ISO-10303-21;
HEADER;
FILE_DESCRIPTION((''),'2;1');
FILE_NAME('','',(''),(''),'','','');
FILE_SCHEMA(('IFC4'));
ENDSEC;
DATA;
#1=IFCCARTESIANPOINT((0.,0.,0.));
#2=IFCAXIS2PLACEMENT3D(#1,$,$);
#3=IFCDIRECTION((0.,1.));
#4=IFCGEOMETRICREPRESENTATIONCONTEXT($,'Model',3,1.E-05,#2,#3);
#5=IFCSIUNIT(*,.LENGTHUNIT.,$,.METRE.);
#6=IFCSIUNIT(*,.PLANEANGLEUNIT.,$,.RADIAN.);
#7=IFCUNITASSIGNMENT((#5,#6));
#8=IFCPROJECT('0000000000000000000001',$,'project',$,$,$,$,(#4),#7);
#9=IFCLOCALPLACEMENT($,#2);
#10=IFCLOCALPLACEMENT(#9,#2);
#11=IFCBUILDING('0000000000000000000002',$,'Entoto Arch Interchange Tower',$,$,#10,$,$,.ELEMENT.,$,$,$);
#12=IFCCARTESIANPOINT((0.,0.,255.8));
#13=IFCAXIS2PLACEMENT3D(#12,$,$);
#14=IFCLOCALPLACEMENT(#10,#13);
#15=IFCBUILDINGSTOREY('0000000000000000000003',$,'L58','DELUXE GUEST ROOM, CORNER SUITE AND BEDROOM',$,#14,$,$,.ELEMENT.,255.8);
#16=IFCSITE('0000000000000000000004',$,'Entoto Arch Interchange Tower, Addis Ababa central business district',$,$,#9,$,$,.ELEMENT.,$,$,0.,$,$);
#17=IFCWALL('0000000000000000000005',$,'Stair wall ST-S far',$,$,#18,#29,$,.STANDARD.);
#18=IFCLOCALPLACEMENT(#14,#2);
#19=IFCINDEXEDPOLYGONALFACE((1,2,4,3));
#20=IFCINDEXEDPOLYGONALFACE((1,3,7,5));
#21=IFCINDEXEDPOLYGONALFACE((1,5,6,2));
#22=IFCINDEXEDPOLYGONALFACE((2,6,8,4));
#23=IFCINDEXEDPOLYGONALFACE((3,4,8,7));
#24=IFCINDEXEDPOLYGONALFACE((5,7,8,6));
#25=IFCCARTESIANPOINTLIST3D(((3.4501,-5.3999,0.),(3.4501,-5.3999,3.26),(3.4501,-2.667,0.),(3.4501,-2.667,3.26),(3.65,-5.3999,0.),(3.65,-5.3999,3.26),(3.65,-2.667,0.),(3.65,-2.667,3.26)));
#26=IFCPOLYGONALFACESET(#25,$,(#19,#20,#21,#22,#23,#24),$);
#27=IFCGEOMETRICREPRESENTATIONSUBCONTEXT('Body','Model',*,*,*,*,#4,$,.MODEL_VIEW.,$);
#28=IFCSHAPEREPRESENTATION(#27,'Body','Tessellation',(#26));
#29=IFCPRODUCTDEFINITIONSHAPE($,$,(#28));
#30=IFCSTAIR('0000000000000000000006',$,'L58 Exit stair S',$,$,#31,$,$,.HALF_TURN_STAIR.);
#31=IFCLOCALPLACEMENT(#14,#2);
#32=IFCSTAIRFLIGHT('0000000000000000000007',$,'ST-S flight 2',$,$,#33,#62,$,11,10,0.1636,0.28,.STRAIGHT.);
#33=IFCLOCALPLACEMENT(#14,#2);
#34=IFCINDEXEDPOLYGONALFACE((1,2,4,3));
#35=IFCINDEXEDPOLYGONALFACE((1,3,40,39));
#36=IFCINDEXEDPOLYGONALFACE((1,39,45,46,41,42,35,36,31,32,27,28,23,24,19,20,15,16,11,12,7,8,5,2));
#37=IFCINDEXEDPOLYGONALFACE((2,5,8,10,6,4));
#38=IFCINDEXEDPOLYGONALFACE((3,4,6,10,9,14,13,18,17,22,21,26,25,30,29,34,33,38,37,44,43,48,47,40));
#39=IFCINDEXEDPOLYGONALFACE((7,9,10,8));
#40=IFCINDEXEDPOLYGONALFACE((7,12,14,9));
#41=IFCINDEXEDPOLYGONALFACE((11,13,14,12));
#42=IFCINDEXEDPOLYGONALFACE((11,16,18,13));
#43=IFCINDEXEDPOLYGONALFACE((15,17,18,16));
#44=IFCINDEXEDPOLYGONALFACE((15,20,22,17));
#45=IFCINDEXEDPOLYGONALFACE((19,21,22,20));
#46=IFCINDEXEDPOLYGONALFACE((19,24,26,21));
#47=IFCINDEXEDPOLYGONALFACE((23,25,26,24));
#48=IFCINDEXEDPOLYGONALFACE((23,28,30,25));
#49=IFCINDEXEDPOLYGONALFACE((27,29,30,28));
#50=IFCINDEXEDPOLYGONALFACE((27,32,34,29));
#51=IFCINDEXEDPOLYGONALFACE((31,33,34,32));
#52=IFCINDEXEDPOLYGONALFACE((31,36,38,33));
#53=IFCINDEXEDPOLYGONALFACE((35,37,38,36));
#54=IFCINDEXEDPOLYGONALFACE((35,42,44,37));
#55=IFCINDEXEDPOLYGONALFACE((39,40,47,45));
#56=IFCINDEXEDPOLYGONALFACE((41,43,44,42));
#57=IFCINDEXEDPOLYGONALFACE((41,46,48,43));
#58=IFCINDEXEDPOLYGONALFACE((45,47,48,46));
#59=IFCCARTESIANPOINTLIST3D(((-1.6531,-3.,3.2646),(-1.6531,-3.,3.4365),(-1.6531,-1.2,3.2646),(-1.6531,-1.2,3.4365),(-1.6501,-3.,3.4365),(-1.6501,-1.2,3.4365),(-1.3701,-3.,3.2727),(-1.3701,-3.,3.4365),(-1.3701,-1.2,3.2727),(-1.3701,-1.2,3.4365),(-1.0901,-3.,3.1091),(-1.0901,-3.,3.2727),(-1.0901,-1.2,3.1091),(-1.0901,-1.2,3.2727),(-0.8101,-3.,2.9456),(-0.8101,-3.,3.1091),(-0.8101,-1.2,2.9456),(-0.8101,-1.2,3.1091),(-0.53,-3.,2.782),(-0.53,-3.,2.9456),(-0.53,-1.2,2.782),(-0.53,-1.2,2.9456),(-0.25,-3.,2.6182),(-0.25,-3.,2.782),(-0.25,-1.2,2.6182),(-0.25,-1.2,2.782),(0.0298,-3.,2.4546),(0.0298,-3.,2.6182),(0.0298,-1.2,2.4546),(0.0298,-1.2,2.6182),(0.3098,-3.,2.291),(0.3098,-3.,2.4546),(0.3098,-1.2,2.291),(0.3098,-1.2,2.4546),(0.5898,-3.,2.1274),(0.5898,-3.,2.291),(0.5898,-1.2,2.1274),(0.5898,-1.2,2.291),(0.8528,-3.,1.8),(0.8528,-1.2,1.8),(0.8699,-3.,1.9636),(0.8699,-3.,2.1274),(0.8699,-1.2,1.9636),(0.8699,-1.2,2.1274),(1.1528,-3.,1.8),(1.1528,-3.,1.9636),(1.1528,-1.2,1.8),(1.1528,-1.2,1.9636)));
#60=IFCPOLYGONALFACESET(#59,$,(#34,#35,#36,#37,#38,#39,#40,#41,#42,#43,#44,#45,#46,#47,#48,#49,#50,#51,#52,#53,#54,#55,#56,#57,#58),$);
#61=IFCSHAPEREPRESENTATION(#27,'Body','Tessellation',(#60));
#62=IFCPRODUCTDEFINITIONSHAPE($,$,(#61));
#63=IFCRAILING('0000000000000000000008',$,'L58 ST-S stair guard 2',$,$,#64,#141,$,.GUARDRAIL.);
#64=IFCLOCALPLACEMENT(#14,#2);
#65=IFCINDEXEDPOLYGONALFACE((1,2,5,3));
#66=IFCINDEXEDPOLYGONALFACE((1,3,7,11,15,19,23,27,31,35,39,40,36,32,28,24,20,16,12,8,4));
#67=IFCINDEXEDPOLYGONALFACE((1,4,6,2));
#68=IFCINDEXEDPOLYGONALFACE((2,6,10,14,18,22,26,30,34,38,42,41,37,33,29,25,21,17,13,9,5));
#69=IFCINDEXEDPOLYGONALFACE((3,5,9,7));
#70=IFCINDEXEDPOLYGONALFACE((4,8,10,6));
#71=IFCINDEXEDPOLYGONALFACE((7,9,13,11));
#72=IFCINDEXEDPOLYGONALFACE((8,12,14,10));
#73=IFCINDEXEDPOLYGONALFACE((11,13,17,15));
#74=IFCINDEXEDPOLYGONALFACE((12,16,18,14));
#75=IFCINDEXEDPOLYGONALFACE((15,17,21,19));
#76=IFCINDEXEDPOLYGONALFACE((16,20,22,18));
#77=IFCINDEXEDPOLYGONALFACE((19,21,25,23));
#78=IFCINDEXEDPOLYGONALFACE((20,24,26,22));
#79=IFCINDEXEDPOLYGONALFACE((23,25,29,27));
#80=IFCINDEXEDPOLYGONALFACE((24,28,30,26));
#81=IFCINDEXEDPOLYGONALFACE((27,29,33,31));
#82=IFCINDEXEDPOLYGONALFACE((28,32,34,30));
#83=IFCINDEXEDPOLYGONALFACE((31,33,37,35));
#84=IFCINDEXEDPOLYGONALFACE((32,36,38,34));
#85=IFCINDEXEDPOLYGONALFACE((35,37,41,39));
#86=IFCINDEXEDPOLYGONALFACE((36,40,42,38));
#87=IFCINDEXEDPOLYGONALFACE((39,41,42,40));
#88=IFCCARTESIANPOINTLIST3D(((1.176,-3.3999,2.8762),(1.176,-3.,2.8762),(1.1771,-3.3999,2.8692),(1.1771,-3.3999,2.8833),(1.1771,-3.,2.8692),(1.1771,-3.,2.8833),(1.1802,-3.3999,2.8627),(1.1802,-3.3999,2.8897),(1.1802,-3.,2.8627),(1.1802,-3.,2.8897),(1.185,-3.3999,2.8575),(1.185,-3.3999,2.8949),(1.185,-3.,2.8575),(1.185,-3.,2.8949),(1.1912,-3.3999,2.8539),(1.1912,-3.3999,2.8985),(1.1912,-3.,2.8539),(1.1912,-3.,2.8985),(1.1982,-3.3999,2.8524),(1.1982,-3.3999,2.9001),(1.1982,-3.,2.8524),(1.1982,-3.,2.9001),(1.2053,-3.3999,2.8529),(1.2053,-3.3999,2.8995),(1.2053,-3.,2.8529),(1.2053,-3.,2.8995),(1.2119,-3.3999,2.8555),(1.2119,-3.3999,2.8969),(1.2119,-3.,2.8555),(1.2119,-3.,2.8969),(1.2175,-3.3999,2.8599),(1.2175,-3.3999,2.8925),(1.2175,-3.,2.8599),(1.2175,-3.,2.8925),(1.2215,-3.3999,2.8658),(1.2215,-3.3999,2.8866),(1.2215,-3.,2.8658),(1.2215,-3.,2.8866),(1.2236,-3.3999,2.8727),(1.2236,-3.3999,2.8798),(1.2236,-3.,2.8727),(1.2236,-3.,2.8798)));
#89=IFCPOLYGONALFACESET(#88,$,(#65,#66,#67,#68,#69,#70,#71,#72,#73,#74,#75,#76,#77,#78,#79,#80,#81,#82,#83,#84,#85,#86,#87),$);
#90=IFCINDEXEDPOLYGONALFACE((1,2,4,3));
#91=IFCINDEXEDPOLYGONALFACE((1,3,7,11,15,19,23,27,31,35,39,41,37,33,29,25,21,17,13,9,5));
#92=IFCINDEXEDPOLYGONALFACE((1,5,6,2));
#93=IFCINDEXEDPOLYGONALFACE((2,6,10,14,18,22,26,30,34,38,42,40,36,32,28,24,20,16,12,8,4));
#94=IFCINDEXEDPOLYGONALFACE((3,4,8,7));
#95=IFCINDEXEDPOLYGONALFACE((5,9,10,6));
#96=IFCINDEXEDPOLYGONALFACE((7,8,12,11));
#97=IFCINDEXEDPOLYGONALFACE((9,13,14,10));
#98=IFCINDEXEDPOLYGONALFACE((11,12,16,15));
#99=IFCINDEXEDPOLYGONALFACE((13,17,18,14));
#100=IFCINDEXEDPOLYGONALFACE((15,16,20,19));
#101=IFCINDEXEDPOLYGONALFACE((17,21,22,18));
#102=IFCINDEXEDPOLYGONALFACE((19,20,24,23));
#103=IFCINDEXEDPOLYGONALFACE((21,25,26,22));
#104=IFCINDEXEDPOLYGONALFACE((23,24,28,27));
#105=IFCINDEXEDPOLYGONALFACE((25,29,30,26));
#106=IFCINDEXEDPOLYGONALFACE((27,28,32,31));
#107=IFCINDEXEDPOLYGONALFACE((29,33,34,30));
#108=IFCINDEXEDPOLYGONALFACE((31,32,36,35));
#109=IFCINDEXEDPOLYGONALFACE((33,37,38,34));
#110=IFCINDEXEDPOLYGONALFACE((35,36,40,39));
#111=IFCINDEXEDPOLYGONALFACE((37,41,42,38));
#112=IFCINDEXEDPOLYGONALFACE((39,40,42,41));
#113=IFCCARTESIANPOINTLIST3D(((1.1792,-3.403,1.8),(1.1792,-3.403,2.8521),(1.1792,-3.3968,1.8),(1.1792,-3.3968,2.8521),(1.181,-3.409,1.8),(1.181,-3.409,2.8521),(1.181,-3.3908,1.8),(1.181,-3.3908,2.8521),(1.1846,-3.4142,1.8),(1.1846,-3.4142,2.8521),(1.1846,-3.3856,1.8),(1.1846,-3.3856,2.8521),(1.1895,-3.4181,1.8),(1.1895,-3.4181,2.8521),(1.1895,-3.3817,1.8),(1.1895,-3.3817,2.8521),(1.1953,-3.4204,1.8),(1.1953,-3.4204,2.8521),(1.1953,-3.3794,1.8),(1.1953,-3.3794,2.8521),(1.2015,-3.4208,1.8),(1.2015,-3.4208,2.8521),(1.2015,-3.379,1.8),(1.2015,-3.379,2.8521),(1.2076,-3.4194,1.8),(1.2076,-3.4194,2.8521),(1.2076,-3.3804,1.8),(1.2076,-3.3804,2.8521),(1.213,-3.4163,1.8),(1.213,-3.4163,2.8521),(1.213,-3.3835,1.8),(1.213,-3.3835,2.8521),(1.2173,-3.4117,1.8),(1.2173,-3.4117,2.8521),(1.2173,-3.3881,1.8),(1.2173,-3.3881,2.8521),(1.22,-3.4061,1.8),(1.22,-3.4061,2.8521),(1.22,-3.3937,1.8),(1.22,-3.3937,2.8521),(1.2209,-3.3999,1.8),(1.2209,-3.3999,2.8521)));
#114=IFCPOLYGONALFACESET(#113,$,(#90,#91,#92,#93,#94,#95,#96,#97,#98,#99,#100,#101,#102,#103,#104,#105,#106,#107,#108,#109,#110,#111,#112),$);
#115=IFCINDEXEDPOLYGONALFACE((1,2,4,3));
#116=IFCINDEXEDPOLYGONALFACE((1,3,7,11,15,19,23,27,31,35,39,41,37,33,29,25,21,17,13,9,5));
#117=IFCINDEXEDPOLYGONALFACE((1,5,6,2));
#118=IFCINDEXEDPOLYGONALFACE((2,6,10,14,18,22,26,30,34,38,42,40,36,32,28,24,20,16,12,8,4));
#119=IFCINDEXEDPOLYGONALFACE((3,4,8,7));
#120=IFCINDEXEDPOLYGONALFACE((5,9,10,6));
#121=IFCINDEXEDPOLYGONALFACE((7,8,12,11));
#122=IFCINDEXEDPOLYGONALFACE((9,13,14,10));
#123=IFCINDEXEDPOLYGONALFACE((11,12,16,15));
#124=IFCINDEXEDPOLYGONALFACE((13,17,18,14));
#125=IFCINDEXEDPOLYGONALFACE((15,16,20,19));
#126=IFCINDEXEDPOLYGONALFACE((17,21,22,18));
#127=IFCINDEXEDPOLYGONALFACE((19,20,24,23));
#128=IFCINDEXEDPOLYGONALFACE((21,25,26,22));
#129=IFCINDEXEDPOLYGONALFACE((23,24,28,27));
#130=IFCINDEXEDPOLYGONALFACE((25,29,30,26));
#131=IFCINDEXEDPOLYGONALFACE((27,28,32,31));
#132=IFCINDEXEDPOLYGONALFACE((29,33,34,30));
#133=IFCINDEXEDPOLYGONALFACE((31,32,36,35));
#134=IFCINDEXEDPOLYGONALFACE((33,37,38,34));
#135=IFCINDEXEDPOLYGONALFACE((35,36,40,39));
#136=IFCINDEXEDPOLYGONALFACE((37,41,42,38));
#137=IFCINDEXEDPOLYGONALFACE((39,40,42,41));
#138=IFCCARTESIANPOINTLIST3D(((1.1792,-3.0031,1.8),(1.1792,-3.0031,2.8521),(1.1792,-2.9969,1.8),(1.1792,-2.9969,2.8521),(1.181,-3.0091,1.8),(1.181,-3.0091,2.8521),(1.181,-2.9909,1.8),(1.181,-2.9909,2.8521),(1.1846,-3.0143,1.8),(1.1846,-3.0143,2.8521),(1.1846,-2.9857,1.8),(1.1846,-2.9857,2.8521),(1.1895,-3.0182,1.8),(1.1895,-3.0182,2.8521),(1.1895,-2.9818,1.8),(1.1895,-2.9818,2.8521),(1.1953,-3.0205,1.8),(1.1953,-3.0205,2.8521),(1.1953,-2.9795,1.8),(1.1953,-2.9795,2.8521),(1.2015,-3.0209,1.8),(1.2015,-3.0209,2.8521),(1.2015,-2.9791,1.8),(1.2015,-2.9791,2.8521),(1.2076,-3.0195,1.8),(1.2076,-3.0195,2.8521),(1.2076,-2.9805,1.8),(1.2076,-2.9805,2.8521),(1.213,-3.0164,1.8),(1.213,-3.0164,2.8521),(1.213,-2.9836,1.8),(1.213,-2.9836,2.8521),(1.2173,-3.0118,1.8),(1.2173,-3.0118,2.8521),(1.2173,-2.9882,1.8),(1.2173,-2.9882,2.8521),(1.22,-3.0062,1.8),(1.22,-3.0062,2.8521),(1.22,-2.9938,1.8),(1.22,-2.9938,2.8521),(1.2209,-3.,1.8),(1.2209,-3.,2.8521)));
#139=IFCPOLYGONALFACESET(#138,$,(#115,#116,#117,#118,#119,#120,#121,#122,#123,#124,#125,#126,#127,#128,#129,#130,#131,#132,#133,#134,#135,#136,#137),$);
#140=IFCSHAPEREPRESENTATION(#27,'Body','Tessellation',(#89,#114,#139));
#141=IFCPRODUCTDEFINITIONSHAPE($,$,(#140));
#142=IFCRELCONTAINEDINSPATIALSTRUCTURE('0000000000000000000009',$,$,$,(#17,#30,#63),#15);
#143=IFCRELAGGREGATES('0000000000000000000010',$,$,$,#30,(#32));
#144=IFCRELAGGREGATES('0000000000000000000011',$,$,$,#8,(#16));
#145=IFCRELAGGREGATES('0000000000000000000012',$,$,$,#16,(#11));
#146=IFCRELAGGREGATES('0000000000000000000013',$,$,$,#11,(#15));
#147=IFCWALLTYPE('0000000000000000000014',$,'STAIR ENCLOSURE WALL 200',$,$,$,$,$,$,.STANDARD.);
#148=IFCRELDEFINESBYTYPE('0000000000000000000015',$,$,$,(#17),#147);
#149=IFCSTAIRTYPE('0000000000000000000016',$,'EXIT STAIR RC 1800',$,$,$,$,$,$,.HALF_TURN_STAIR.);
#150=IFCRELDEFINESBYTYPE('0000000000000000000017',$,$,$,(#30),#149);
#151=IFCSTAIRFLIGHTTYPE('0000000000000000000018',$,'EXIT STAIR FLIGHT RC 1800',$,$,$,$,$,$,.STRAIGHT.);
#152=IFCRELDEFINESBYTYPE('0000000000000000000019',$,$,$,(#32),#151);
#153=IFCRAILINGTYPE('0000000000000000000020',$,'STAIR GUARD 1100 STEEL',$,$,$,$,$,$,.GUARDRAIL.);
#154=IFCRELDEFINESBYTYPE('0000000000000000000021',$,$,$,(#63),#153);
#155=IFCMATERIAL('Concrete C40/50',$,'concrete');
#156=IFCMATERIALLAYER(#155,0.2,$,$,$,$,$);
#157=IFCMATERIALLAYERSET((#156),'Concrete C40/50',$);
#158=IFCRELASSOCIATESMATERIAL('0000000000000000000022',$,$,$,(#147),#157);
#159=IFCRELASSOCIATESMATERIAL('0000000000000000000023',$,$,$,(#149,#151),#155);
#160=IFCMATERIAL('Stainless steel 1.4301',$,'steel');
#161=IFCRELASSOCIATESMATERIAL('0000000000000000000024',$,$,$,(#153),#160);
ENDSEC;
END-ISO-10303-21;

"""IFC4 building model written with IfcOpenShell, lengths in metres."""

from ifc_helpers import new_model, si_unit, direction, frame, frame_2d, origin, origin_2d, place, context, subcontext, project, spatial, polyline, rectangle, circle, outline, extrude, material, layer, layer_set, type_object, element, aggregate, save


model = new_model("IFC4")

# Units and contexts
model_context = context("Model", 3, precision=1e-05, world=origin(), true_north=direction((0.0, 1.0)))
body_context = subcontext(model_context, "Body", "Model", "MODEL_VIEW")
ifc_project = project(units=[si_unit("LENGTHUNIT", "METRE"), si_unit("PLANEANGLEUNIT", "RADIAN")], contexts=[model_context])

# Site, building, storey
site_placement = place(None, origin())
site = spatial("IfcSite", under=ifc_project, at=site_placement, Name="Entoto Arch Interchange Tower, Addis Ababa central business district", CompositionType="ELEMENT", RefElevation=0.0)
building_placement = place(site_placement, origin())
building = spatial("IfcBuilding", under=site, at=building_placement, Name="Entoto Arch Interchange Tower", CompositionType="ELEMENT")
storey_placement = place(building_placement, frame((0.0, 0.0, 255.8)))
storey = spatial("IfcBuildingStorey", under=building, at=storey_placement, Name="L58", Description="DELUXE GUEST ROOM, CORNER SUITE AND BEDROOM", CompositionType="ELEMENT", Elevation=255.8)

# Shared definitions
ifc_material_1 = material(Name="Concrete C40/50", Category="concrete")

# Wall
ifc_layer_1 = layer(ifc_material_1, 0.2)
ifc_layer_set_1 = layer_set([ifc_layer_1], Name="Concrete C40/50")
wall_type_1 = type_object("IfcWallType", Name="STAIR ENCLOSURE WALL 200", PredefinedType="STANDARD", material=ifc_layer_set_1)
wall_1_placement = place(storey_placement, frame((3.55, -2.667, 0.0), z_axis=(0.0, 0.0, 1.0), x_axis=(0.0, -1.0, 0.0)))
element("IfcWall", 1, at=wall_1_placement, inside=storey, type_object=wall_type_1, Name="Stair wall ST-S far", PredefinedType="STANDARD", context=body_context, shape_type="SweptSolid", body=[
    extrude(rectangle(XDim=2.7329, YDim=0.2, at=frame_2d((1.3665, 0.0))), origin(), (0.0, 0.0, 1.0), 3.26),
])

# Stair, stair flight
stair_type = type_object("IfcStairType", Name="EXIT STAIR RC 1800", PredefinedType="HALF_TURN_STAIR", material=ifc_material_1)
stair_placement = place(storey_placement, origin())
stair = element("IfcStair", 2, at=stair_placement, inside=storey, type_object=stair_type, Name="L58 Exit stair S", PredefinedType="HALF_TURN_STAIR")
stair_flight_type = type_object("IfcStairFlightType", Name="EXIT STAIR FLIGHT RC 1800", PredefinedType="STRAIGHT", material=ifc_material_1)
stair_flight_placement = place(storey_placement, frame((1.1499, -2.1001, 1.8), z_axis=(0.0, 0.0, 1.0), x_axis=(-1.0, 0.0, 0.0)))
stair_flight = element("IfcStairFlight", 3, at=stair_flight_placement, type_object=stair_flight_type, Name="ST-S flight 2", NumberOfRisers=11, NumberOfTreads=10, PredefinedType="STRAIGHT", RiserHeight=0.1636, TreadLength=0.28, context=body_context, shape_type="SweptSolid", body=[
    extrude(outline(polyline([(-0.0029, 0.0), (-0.0029, 0.1636), (0.28, 0.1636), (0.28, 0.3274), (0.5601, 0.3274), (0.5601, 0.491), (0.8401, 0.491), (0.8401, 0.6545), (1.1201, 0.6545), (1.1201, 0.8181), (1.3999, 0.8181), (1.3999, 0.9819), (1.6799, 0.9819), (1.6799, 1.1455), (1.96, 1.1455), (1.96, 1.3091), (2.24, 1.3091), (2.24, 1.4727), (2.52, 1.4727), (2.52, 1.6365), (2.8, 1.6365), (2.803, 1.6365), (2.803, 1.4646), (0.2971, 0.0), (-0.0029, 0.0)])), frame((0.0, 0.8999, 0.0), z_axis=(0.0, -1.0, 0.0), x_axis=(1.0, 0.0, 0.0)), (0.0, 0.0, 1.0), 1.8),
])
aggregate(stair, [stair_flight])

# Railing
ifc_material_2 = material(Name="Stainless steel 1.4301", Category="steel")
railing_type_1 = type_object("IfcRailingType", Name="STAIR GUARD 1100 STEEL", PredefinedType="GUARDRAIL", material=ifc_material_2)
railing_1_placement = place(storey_placement, frame((1.2, -3.3999, 1.8)))
element("IfcRailing", 4, at=railing_1_placement, inside=storey, type_object=railing_type_1, Name="L58 ST-S stair guard 2", PredefinedType="GUARDRAIL", context=body_context, shape_type="SweptSolid", body=[
    extrude(circle(Radius=0.0239, at=origin_2d()), frame((0.0, 0.0, 1.0762), z_axis=(0.0, 1.0, 0.0), x_axis=(-1.0, 0.0, 0.0)), (0.0, 0.0, 1.0), 0.3999),
    extrude(circle(Radius=0.021, at=origin_2d()), origin(), (0.0, 0.0, 1.0), 1.052),
    extrude(circle(Radius=0.021, at=origin_2d()), frame((0.0, 0.3999, 0.0)), (0.0, 0.0, 1.0), 1.052),
])

save(model, "model.ifc")
